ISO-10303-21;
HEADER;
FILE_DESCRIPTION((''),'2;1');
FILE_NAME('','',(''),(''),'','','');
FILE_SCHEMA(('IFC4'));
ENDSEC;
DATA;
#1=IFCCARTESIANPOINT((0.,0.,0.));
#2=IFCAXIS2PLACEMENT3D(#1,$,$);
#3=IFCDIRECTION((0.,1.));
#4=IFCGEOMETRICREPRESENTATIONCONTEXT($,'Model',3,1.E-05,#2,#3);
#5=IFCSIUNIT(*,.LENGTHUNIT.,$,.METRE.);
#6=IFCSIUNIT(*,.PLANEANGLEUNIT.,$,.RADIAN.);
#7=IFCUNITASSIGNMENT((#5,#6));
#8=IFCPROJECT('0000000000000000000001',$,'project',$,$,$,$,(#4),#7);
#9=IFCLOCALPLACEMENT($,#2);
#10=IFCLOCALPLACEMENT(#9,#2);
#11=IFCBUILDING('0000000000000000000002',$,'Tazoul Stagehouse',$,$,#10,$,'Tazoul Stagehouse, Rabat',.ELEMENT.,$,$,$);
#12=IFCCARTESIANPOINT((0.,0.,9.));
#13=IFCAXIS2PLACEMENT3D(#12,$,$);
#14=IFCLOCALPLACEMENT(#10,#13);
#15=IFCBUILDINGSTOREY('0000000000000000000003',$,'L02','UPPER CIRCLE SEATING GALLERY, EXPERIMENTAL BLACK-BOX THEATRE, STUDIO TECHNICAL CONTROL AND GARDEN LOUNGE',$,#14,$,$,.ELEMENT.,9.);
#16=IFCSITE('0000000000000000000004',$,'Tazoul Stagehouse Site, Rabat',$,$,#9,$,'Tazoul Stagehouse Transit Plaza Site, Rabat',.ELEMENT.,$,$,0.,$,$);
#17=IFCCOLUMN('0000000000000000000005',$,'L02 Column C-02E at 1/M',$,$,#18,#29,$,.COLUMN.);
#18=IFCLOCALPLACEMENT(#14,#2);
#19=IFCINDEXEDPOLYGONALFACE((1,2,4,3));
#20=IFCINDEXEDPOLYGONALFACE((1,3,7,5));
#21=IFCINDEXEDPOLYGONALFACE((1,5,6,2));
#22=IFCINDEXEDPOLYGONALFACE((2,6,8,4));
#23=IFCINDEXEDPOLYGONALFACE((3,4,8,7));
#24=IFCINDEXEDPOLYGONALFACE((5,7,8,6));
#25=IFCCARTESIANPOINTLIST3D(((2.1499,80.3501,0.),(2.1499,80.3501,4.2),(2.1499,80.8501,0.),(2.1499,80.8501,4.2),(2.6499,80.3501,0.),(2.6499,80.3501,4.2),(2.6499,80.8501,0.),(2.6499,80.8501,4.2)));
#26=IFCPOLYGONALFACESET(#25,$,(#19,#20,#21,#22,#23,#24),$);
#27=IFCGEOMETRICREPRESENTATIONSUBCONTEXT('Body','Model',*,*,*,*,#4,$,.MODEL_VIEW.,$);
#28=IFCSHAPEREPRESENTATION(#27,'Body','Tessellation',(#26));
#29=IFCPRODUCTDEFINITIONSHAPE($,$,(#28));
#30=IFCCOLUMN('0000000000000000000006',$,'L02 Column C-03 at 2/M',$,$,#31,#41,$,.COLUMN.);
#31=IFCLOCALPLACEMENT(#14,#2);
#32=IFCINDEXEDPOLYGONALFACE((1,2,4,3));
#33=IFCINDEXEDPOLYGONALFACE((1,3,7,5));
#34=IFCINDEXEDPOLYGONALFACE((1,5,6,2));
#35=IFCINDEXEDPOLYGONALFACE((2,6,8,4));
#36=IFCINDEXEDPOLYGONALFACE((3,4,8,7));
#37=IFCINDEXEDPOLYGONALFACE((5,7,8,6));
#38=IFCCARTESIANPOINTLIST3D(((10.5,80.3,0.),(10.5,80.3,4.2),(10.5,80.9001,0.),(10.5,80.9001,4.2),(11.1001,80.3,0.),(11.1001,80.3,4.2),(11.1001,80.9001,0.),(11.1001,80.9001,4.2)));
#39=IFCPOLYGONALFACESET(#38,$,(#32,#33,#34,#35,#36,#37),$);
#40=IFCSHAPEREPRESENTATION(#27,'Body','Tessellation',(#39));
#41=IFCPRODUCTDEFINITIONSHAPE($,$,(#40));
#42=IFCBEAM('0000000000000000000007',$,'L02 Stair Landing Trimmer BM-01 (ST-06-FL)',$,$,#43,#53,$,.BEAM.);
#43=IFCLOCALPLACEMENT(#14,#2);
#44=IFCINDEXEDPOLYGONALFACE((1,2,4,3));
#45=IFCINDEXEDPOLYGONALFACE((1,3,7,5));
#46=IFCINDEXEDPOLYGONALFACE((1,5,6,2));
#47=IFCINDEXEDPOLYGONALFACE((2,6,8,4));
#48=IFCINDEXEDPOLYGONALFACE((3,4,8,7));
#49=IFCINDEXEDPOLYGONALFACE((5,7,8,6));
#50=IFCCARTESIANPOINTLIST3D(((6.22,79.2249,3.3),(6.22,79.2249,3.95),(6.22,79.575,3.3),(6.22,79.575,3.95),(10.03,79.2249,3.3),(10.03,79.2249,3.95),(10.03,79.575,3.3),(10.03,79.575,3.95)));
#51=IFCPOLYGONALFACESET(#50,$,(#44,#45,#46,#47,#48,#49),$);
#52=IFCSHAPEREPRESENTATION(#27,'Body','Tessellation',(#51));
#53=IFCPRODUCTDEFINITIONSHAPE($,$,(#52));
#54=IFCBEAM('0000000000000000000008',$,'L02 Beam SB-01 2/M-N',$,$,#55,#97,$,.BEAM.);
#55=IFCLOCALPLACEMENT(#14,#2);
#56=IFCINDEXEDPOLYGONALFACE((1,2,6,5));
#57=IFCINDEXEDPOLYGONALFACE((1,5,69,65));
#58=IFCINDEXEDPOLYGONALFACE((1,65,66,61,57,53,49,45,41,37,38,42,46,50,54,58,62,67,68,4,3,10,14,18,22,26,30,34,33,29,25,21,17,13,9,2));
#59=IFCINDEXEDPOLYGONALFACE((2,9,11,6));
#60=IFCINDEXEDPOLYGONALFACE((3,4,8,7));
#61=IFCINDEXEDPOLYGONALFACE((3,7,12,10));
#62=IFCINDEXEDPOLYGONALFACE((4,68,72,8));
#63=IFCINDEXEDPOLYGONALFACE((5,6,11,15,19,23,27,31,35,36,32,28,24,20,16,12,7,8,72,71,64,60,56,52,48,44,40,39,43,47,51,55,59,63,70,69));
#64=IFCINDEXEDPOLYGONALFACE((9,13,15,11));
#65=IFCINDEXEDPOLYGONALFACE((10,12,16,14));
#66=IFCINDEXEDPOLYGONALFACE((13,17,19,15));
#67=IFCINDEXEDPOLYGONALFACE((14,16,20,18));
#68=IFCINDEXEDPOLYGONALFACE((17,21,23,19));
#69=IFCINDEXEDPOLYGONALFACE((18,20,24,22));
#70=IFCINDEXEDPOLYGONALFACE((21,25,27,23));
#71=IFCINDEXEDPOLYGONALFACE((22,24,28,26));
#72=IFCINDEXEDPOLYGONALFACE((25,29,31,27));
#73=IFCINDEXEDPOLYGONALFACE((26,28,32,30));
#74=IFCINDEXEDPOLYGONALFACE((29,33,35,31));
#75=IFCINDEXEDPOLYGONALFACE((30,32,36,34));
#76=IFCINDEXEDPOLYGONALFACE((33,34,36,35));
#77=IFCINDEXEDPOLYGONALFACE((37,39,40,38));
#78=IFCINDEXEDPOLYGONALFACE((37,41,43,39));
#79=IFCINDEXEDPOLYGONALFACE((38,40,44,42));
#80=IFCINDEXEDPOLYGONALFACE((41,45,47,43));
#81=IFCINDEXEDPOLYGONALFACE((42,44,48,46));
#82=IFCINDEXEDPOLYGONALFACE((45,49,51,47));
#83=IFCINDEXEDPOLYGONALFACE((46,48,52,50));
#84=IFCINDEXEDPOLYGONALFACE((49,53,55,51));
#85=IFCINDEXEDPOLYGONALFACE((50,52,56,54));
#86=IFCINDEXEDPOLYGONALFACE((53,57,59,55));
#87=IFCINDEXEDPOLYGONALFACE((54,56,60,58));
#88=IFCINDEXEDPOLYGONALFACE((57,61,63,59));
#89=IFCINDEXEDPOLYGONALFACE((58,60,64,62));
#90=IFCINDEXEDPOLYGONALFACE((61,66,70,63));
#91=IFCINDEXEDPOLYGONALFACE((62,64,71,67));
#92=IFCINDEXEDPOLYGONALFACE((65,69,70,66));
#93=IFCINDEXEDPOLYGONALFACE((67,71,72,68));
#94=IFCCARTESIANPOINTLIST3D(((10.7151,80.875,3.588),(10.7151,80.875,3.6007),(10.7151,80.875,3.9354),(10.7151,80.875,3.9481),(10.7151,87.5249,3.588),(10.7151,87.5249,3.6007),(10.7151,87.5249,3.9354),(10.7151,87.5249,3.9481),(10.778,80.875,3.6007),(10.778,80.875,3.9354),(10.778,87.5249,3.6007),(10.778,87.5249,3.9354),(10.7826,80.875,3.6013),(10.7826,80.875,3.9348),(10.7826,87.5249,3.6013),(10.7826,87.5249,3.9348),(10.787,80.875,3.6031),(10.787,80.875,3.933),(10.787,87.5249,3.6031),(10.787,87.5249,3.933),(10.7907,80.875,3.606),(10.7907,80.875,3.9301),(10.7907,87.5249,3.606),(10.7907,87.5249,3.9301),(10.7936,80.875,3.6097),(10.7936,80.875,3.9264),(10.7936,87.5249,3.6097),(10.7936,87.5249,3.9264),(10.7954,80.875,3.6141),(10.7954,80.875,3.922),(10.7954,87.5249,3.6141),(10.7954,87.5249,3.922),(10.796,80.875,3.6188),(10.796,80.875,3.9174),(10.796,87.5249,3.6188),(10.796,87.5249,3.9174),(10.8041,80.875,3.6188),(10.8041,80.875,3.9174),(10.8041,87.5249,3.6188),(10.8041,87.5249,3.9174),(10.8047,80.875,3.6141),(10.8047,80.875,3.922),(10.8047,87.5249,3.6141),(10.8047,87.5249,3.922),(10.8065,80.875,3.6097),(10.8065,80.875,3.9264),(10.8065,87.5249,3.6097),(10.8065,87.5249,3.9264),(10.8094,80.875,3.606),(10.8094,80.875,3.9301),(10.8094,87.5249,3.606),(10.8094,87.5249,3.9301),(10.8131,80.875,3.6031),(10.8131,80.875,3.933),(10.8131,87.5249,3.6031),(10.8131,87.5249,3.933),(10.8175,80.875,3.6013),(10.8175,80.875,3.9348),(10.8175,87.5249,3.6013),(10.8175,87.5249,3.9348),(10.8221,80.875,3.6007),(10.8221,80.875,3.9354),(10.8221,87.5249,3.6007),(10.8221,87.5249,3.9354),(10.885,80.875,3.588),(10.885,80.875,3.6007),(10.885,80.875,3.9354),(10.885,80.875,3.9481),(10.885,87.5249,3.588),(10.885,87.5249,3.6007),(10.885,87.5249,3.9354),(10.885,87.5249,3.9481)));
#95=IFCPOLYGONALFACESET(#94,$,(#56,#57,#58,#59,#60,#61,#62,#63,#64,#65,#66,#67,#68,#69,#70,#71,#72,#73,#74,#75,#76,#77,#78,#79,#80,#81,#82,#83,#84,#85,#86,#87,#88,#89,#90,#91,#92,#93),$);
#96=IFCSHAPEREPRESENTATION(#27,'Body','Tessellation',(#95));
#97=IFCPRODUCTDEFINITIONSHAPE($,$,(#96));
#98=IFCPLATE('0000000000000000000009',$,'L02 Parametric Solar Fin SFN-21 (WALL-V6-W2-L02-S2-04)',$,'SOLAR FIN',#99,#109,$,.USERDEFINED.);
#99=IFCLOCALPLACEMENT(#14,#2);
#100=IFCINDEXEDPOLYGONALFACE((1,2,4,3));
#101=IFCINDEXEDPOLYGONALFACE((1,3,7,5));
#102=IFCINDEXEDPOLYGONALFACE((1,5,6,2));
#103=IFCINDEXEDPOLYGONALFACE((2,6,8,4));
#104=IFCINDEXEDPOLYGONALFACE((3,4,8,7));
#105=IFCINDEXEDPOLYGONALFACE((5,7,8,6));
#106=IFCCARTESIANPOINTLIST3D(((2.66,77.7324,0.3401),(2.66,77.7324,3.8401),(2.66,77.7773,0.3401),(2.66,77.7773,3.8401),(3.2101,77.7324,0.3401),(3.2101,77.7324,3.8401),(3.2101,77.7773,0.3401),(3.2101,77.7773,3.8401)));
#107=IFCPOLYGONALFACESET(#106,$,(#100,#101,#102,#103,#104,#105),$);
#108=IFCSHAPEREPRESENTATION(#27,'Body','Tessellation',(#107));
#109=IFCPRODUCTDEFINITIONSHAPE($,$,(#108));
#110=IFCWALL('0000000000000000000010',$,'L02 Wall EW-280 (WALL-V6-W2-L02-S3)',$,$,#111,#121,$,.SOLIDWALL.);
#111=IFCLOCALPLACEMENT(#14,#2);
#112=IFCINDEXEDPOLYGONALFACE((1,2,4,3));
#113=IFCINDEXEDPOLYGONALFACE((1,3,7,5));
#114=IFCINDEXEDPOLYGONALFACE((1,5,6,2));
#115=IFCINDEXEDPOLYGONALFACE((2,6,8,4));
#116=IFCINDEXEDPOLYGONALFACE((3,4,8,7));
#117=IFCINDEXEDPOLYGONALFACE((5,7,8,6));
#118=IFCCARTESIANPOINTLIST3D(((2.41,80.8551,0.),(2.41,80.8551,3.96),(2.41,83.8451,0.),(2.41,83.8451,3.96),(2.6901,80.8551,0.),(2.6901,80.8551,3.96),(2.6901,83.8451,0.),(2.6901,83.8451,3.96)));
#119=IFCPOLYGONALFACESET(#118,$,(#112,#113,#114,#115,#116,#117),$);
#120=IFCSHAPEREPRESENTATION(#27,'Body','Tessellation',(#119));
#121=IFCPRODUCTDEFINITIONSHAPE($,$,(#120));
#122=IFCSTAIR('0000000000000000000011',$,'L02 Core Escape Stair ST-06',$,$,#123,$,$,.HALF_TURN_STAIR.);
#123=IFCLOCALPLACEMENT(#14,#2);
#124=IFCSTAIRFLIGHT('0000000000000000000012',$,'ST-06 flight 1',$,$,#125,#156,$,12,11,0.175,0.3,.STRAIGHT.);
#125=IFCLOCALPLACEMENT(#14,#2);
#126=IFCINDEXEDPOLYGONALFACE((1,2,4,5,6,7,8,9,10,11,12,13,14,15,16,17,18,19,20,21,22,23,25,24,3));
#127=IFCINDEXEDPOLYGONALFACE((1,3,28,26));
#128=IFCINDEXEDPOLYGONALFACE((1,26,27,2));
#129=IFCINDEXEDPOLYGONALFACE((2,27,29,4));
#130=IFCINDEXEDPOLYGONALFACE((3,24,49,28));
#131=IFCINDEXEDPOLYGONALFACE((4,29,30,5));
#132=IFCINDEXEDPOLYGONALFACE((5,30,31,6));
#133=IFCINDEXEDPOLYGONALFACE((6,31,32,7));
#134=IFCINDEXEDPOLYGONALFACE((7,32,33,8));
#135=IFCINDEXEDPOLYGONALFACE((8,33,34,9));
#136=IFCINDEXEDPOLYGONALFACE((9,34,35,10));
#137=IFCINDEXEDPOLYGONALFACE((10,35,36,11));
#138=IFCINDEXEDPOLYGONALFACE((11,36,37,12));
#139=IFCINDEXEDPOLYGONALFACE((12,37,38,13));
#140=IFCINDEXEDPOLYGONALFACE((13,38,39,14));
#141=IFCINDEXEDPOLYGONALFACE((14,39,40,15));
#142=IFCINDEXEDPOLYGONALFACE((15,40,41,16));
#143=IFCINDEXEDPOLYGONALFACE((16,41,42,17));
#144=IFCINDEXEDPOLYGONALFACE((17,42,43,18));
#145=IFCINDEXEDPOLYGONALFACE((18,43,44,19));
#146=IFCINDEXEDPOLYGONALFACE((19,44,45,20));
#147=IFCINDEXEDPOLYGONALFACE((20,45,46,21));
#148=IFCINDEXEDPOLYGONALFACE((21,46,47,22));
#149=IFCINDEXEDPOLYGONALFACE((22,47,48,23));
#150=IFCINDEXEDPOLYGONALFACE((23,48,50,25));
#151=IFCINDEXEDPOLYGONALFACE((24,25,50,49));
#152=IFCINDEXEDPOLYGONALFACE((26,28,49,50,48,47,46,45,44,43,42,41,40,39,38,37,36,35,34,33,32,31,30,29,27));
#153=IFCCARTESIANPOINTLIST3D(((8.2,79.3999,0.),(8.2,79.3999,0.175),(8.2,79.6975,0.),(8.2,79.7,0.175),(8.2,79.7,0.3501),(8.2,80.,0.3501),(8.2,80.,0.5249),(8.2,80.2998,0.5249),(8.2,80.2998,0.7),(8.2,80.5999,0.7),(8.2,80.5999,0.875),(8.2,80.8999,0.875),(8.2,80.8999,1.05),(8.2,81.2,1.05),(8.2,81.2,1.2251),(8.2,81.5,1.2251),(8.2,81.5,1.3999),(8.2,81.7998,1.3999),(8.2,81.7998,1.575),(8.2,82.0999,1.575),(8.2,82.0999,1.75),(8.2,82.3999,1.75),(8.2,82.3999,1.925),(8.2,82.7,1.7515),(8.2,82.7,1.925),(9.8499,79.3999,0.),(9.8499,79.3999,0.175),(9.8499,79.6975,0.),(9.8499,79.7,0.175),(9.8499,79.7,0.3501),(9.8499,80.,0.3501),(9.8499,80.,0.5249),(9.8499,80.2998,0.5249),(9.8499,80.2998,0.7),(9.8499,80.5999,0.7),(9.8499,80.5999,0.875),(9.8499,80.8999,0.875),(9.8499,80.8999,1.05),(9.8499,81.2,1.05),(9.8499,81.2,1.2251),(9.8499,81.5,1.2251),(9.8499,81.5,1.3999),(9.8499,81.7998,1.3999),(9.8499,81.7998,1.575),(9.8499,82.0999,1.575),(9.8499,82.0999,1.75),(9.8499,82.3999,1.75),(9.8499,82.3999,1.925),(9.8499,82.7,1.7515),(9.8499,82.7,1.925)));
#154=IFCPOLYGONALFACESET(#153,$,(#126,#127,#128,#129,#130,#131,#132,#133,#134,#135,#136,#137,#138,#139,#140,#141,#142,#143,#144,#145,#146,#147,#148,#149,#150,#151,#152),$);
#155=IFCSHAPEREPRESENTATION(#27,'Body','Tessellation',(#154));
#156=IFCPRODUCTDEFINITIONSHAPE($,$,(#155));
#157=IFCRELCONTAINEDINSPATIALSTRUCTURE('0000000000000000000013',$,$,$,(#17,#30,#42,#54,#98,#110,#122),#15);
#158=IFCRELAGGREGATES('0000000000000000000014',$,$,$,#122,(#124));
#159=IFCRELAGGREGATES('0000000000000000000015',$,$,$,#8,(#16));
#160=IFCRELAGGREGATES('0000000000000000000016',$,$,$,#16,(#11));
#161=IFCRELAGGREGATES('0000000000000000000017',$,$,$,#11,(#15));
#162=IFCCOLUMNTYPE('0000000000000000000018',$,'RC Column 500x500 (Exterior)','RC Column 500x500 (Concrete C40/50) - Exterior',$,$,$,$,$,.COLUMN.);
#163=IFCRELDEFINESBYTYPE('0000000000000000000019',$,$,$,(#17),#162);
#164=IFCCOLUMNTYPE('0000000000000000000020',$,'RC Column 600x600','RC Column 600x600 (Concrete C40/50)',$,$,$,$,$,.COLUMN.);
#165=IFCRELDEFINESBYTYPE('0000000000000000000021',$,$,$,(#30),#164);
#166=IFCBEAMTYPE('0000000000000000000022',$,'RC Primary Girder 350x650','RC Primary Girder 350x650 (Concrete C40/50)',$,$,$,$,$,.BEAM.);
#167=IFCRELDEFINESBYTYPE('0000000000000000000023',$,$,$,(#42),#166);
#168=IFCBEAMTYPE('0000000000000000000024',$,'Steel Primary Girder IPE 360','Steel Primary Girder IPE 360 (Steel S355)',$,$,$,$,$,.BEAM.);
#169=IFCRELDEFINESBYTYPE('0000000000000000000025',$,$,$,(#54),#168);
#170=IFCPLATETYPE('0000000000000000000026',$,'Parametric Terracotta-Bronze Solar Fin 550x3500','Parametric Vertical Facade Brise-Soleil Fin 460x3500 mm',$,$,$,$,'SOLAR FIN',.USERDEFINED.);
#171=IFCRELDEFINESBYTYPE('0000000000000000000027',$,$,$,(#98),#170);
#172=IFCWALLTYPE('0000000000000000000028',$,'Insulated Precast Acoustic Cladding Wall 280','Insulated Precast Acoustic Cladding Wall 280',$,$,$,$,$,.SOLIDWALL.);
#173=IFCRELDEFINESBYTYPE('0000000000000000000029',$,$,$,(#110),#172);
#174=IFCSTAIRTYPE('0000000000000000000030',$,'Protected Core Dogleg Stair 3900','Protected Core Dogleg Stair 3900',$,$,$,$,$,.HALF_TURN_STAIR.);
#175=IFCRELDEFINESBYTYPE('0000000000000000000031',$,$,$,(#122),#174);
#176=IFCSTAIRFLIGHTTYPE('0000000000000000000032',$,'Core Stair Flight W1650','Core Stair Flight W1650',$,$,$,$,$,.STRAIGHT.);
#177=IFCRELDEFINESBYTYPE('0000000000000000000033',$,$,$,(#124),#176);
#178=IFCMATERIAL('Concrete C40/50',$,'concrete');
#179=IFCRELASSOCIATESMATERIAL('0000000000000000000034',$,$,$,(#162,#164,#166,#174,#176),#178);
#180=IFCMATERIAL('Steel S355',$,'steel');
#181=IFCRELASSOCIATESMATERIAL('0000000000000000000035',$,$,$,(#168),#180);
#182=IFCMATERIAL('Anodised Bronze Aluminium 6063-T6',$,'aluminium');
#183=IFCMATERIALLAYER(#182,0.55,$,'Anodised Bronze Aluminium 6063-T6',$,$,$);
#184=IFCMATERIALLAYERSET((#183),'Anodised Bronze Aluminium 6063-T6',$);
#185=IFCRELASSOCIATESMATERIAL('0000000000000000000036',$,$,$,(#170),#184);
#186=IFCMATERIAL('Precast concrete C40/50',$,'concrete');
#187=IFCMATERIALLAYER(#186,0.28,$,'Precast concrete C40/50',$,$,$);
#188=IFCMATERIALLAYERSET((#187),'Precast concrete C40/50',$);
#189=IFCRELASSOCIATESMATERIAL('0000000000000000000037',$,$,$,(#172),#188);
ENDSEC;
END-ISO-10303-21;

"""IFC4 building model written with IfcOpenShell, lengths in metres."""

from ifc_helpers import new_model, si_unit, direction, frame, frame_2d, origin, origin_2d, place, context, subcontext, project, spatial, polyline, rectangle, i_section, outline, extrude, material, layer, layer_set, material_profile, profile_set, type_object, element, aggregate, save


model = new_model("IFC4")

# Units and contexts
model_context = context("Model", 3, precision=1e-05, world=origin(), true_north=direction((0.0, 1.0)))
body_context = subcontext(model_context, "Body", "Model", "MODEL_VIEW")
ifc_project = project(units=[si_unit("LENGTHUNIT", "METRE"), si_unit("PLANEANGLEUNIT", "RADIAN")], contexts=[model_context])

# Site, building, storey
site_placement = place(None, origin())
site = spatial("IfcSite", under=ifc_project, at=site_placement, Name="Tazoul Stagehouse Site, Rabat", LongName="Tazoul Stagehouse Transit Plaza Site, Rabat", CompositionType="ELEMENT", RefElevation=0.0)
building_placement = place(site_placement, origin())
building = spatial("IfcBuilding", under=site, at=building_placement, Name="Tazoul Stagehouse", LongName="Tazoul Stagehouse, Rabat", CompositionType="ELEMENT")
storey_placement = place(building_placement, frame((0.0, 0.0, 9.0)))
storey = spatial("IfcBuildingStorey", under=building, at=storey_placement, Name="L02", Description="UPPER CIRCLE SEATING GALLERY, EXPERIMENTAL BLACK-BOX THEATRE, STUDIO TECHNICAL CONTROL AND GARDEN LOUNGE", CompositionType="ELEMENT", Elevation=9.0)

# Columns
ifc_material_1 = material(Name="Concrete C40/50", Category="concrete")
ifc_material_profile_1 = material_profile(ifc_material_1, rectangle(XDim=0.5, YDim=0.5, at=origin_2d()), Name="RC 500x500")
ifc_profile_set_1 = profile_set([ifc_material_profile_1], Name="Concrete C40/50")
column_type_1 = type_object("IfcColumnType", Name="RC Column 500x500 (Exterior)", Description="RC Column 500x500 (Concrete C40/50) - Exterior", PredefinedType="COLUMN", material=ifc_profile_set_1)
column_1_placement = place(storey_placement, frame((2.3999, 80.6001, 0.0), z_axis=(0.0, 0.0, 1.0), x_axis=(1.0, 0.0, 0.0)))
element("IfcColumn", 1, at=column_1_placement, inside=storey, type_object=column_type_1, Name="L02 Column C-02E at 1/M", PredefinedType="COLUMN", context=body_context, shape_type="SweptSolid", body=[
    extrude(rectangle(XDim=0.5, YDim=0.5, at=origin_2d()), origin(), (0.0, 0.0, 1.0), 4.2),
])
ifc_material_profile_2 = material_profile(ifc_material_1, rectangle(XDim=0.6001, YDim=0.6001, at=origin_2d()), Name="RC 600x600")
ifc_profile_set_2 = profile_set([ifc_material_profile_2], Name="Concrete C40/50")
column_type_2 = type_object("IfcColumnType", Name="RC Column 600x600", Description="RC Column 600x600 (Concrete C40/50)", PredefinedType="COLUMN", material=ifc_profile_set_2)
column_2_placement = place(storey_placement, frame((10.8, 80.6001, 0.0), z_axis=(0.0, 0.0, 1.0), x_axis=(1.0, 0.0, 0.0)))
element("IfcColumn", 2, at=column_2_placement, inside=storey, type_object=column_type_2, Name="L02 Column C-03 at 2/M", PredefinedType="COLUMN", context=body_context, shape_type="SweptSolid", body=[
    extrude(rectangle(XDim=0.6001, YDim=0.6001, at=origin_2d()), origin(), (0.0, 0.0, 1.0), 4.2),
])

# Beams
ifc_material_profile_3 = material_profile(ifc_material_1, rectangle(XDim=0.3501, YDim=0.6499, at=origin_2d()), Name="RC 350x650")
ifc_profile_set_3 = profile_set([ifc_material_profile_3], Name="Concrete C40/50")
beam_type_1 = type_object("IfcBeamType", Name="RC Primary Girder 350x650", Description="RC Primary Girder 350x650 (Concrete C40/50)", PredefinedType="BEAM", material=ifc_profile_set_3)
beam_1_placement = place(storey_placement, frame((6.22, 79.3999, 3.625), z_axis=(1.0, 0.0, 0.0), x_axis=(0.0, 1.0, 0.0)))
element("IfcBeam", 3, at=beam_1_placement, inside=storey, type_object=beam_type_1, Name="L02 Stair Landing Trimmer BM-01 (ST-06-FL)", PredefinedType="BEAM", context=body_context, shape_type="SweptSolid", body=[
    extrude(rectangle(XDim=0.3501, YDim=0.6499, at=origin_2d()), origin(), (0.0, 0.0, 1.0), 3.8101),
])
ifc_material_2 = material(Name="Steel S355", Category="steel")
ifc_material_profile_4 = material_profile(ifc_material_2, i_section(OverallWidth=0.1699, OverallDepth=0.3601, WebThickness=0.0081, FlangeThickness=0.0127, FilletRadius=0.0181, at=origin_2d()), Name="IPE 360")
ifc_profile_set_4 = profile_set([ifc_material_profile_4], Name="Steel S355")
beam_type_2 = type_object("IfcBeamType", Name="Steel Primary Girder IPE 360", Description="Steel Primary Girder IPE 360 (Steel S355)", PredefinedType="BEAM", material=ifc_profile_set_4)
beam_2_placement = place(storey_placement, frame((10.8, 80.875, 3.7681), z_axis=(0.0, 1.0, 0.0), x_axis=(-1.0, 0.0, 0.0)))
element("IfcBeam", 4, at=beam_2_placement, inside=storey, type_object=beam_type_2, Name="L02 Beam SB-01 2/M-N", PredefinedType="BEAM", context=body_context, shape_type="SweptSolid", body=[
    extrude(i_section(OverallWidth=0.1699, OverallDepth=0.3601, WebThickness=0.0081, FlangeThickness=0.0127, FilletRadius=0.0181, at=origin_2d()), origin(), (0.0, 0.0, 1.0), 6.6499),
])

# Plate
ifc_material_3 = material(Name="Anodised Bronze Aluminium 6063-T6", Category="aluminium")
ifc_layer_1 = layer(ifc_material_3, 0.55, Name="Anodised Bronze Aluminium 6063-T6")
ifc_layer_set_1 = layer_set([ifc_layer_1], Name="Anodised Bronze Aluminium 6063-T6")
plate_type = type_object("IfcPlateType", Name="Parametric Terracotta-Bronze Solar Fin 550x3500", Description="Parametric Vertical Facade Brise-Soleil Fin 460x3500 mm", ElementType="SOLAR FIN", PredefinedType="USERDEFINED", material=ifc_layer_set_1)
plate_placement = place(storey_placement, frame((2.9351, 77.7549, 0.3401), z_axis=(0.0, 0.0, 1.0), x_axis=(0.0, 1.0, 0.0)))
element("IfcPlate", 5, at=plate_placement, inside=storey, type_object=plate_type, Name="L02 Parametric Solar Fin SFN-21 (WALL-V6-W2-L02-S2-04)", ObjectType="SOLAR FIN", PredefinedType="USERDEFINED", context=body_context, shape_type="SweptSolid", body=[
    extrude(rectangle(XDim=0.0449, YDim=0.55, at=origin_2d()), origin(), (0.0, 0.0, 1.0), 3.5),
])

# Wall
ifc_material_4 = material(Name="Precast concrete C40/50", Category="concrete")
ifc_layer_2 = layer(ifc_material_4, 0.28, Name="Precast concrete C40/50")
ifc_layer_set_2 = layer_set([ifc_layer_2], Name="Precast concrete C40/50")
wall_type = type_object("IfcWallType", Name="Insulated Precast Acoustic Cladding Wall 280", Description="Insulated Precast Acoustic Cladding Wall 280", PredefinedType="SOLIDWALL", material=ifc_layer_set_2)
wall_placement = place(storey_placement, frame((2.55, 80.855, 0.0), z_axis=(0.0, 0.0, 1.0), x_axis=(0.0, 1.0, 0.0)))
element("IfcWall", 6, at=wall_placement, inside=storey, type_object=wall_type, Name="L02 Wall EW-280 (WALL-V6-W2-L02-S3)", PredefinedType="SOLIDWALL", context=body_context, shape_type="SweptSolid", body=[
    extrude(rectangle(XDim=2.99, YDim=0.28, at=frame_2d((1.4951, 0.0))), origin(), (0.0, 0.0, 1.0), 3.96),
])

# Stair, stair flight
stair_type = type_object("IfcStairType", Name="Protected Core Dogleg Stair 3900", Description="Protected Core Dogleg Stair 3900", PredefinedType="HALF_TURN_STAIR", material=ifc_material_1)
stair_placement = place(storey_placement, origin())
stair = element("IfcStair", 7, at=stair_placement, inside=storey, type_object=stair_type, Name="L02 Core Escape Stair ST-06", PredefinedType="HALF_TURN_STAIR")
stair_flight_type = type_object("IfcStairFlightType", Name="Core Stair Flight W1650", Description="Core Stair Flight W1650", PredefinedType="STRAIGHT", material=ifc_material_1)
stair_flight_placement = place(storey_placement, frame((9.0249, 79.3999, 0.0), z_axis=(0.0, 0.0, 1.0), x_axis=(0.0, 1.0, 0.0)))
stair_flight = element("IfcStairFlight", 8, at=stair_flight_placement, type_object=stair_flight_type, Name="ST-06 flight 1", NumberOfRisers=12, NumberOfTreads=11, PredefinedType="STRAIGHT", RiserHeight=0.175, TreadLength=0.3, context=body_context, shape_type="SweptSolid", body=[
    extrude(outline(polyline([(0.0, 0.0), (0.0, 0.175), (0.3, 0.175), (0.3, 0.3501), (0.6001, 0.3501), (0.6001, 0.5249), (0.8999, 0.5249), (0.8999, 0.7), (1.2, 0.7), (1.2, 0.875), (1.5, 0.875), (1.5, 1.05), (1.8, 1.05), (1.8, 1.2251), (2.1001, 1.2251), (2.1001, 1.3999), (2.3999, 1.3999), (2.3999, 1.575), (2.7, 1.575), (2.7, 1.75), (3.0, 1.75), (3.0, 1.925), (3.3, 1.925), (3.3, 2.1001), (3.3, 1.7515), (0.2976, 0.0), (0.0, 0.0)])), frame((0.0, 0.825, 0.0), z_axis=(0.0, -1.0, 0.0), x_axis=(1.0, 0.0, 0.0)), (0.0, 0.0, 1.0), 1.6499),
])
aggregate(stair, [stair_flight])

save(model, "model.ifc")
